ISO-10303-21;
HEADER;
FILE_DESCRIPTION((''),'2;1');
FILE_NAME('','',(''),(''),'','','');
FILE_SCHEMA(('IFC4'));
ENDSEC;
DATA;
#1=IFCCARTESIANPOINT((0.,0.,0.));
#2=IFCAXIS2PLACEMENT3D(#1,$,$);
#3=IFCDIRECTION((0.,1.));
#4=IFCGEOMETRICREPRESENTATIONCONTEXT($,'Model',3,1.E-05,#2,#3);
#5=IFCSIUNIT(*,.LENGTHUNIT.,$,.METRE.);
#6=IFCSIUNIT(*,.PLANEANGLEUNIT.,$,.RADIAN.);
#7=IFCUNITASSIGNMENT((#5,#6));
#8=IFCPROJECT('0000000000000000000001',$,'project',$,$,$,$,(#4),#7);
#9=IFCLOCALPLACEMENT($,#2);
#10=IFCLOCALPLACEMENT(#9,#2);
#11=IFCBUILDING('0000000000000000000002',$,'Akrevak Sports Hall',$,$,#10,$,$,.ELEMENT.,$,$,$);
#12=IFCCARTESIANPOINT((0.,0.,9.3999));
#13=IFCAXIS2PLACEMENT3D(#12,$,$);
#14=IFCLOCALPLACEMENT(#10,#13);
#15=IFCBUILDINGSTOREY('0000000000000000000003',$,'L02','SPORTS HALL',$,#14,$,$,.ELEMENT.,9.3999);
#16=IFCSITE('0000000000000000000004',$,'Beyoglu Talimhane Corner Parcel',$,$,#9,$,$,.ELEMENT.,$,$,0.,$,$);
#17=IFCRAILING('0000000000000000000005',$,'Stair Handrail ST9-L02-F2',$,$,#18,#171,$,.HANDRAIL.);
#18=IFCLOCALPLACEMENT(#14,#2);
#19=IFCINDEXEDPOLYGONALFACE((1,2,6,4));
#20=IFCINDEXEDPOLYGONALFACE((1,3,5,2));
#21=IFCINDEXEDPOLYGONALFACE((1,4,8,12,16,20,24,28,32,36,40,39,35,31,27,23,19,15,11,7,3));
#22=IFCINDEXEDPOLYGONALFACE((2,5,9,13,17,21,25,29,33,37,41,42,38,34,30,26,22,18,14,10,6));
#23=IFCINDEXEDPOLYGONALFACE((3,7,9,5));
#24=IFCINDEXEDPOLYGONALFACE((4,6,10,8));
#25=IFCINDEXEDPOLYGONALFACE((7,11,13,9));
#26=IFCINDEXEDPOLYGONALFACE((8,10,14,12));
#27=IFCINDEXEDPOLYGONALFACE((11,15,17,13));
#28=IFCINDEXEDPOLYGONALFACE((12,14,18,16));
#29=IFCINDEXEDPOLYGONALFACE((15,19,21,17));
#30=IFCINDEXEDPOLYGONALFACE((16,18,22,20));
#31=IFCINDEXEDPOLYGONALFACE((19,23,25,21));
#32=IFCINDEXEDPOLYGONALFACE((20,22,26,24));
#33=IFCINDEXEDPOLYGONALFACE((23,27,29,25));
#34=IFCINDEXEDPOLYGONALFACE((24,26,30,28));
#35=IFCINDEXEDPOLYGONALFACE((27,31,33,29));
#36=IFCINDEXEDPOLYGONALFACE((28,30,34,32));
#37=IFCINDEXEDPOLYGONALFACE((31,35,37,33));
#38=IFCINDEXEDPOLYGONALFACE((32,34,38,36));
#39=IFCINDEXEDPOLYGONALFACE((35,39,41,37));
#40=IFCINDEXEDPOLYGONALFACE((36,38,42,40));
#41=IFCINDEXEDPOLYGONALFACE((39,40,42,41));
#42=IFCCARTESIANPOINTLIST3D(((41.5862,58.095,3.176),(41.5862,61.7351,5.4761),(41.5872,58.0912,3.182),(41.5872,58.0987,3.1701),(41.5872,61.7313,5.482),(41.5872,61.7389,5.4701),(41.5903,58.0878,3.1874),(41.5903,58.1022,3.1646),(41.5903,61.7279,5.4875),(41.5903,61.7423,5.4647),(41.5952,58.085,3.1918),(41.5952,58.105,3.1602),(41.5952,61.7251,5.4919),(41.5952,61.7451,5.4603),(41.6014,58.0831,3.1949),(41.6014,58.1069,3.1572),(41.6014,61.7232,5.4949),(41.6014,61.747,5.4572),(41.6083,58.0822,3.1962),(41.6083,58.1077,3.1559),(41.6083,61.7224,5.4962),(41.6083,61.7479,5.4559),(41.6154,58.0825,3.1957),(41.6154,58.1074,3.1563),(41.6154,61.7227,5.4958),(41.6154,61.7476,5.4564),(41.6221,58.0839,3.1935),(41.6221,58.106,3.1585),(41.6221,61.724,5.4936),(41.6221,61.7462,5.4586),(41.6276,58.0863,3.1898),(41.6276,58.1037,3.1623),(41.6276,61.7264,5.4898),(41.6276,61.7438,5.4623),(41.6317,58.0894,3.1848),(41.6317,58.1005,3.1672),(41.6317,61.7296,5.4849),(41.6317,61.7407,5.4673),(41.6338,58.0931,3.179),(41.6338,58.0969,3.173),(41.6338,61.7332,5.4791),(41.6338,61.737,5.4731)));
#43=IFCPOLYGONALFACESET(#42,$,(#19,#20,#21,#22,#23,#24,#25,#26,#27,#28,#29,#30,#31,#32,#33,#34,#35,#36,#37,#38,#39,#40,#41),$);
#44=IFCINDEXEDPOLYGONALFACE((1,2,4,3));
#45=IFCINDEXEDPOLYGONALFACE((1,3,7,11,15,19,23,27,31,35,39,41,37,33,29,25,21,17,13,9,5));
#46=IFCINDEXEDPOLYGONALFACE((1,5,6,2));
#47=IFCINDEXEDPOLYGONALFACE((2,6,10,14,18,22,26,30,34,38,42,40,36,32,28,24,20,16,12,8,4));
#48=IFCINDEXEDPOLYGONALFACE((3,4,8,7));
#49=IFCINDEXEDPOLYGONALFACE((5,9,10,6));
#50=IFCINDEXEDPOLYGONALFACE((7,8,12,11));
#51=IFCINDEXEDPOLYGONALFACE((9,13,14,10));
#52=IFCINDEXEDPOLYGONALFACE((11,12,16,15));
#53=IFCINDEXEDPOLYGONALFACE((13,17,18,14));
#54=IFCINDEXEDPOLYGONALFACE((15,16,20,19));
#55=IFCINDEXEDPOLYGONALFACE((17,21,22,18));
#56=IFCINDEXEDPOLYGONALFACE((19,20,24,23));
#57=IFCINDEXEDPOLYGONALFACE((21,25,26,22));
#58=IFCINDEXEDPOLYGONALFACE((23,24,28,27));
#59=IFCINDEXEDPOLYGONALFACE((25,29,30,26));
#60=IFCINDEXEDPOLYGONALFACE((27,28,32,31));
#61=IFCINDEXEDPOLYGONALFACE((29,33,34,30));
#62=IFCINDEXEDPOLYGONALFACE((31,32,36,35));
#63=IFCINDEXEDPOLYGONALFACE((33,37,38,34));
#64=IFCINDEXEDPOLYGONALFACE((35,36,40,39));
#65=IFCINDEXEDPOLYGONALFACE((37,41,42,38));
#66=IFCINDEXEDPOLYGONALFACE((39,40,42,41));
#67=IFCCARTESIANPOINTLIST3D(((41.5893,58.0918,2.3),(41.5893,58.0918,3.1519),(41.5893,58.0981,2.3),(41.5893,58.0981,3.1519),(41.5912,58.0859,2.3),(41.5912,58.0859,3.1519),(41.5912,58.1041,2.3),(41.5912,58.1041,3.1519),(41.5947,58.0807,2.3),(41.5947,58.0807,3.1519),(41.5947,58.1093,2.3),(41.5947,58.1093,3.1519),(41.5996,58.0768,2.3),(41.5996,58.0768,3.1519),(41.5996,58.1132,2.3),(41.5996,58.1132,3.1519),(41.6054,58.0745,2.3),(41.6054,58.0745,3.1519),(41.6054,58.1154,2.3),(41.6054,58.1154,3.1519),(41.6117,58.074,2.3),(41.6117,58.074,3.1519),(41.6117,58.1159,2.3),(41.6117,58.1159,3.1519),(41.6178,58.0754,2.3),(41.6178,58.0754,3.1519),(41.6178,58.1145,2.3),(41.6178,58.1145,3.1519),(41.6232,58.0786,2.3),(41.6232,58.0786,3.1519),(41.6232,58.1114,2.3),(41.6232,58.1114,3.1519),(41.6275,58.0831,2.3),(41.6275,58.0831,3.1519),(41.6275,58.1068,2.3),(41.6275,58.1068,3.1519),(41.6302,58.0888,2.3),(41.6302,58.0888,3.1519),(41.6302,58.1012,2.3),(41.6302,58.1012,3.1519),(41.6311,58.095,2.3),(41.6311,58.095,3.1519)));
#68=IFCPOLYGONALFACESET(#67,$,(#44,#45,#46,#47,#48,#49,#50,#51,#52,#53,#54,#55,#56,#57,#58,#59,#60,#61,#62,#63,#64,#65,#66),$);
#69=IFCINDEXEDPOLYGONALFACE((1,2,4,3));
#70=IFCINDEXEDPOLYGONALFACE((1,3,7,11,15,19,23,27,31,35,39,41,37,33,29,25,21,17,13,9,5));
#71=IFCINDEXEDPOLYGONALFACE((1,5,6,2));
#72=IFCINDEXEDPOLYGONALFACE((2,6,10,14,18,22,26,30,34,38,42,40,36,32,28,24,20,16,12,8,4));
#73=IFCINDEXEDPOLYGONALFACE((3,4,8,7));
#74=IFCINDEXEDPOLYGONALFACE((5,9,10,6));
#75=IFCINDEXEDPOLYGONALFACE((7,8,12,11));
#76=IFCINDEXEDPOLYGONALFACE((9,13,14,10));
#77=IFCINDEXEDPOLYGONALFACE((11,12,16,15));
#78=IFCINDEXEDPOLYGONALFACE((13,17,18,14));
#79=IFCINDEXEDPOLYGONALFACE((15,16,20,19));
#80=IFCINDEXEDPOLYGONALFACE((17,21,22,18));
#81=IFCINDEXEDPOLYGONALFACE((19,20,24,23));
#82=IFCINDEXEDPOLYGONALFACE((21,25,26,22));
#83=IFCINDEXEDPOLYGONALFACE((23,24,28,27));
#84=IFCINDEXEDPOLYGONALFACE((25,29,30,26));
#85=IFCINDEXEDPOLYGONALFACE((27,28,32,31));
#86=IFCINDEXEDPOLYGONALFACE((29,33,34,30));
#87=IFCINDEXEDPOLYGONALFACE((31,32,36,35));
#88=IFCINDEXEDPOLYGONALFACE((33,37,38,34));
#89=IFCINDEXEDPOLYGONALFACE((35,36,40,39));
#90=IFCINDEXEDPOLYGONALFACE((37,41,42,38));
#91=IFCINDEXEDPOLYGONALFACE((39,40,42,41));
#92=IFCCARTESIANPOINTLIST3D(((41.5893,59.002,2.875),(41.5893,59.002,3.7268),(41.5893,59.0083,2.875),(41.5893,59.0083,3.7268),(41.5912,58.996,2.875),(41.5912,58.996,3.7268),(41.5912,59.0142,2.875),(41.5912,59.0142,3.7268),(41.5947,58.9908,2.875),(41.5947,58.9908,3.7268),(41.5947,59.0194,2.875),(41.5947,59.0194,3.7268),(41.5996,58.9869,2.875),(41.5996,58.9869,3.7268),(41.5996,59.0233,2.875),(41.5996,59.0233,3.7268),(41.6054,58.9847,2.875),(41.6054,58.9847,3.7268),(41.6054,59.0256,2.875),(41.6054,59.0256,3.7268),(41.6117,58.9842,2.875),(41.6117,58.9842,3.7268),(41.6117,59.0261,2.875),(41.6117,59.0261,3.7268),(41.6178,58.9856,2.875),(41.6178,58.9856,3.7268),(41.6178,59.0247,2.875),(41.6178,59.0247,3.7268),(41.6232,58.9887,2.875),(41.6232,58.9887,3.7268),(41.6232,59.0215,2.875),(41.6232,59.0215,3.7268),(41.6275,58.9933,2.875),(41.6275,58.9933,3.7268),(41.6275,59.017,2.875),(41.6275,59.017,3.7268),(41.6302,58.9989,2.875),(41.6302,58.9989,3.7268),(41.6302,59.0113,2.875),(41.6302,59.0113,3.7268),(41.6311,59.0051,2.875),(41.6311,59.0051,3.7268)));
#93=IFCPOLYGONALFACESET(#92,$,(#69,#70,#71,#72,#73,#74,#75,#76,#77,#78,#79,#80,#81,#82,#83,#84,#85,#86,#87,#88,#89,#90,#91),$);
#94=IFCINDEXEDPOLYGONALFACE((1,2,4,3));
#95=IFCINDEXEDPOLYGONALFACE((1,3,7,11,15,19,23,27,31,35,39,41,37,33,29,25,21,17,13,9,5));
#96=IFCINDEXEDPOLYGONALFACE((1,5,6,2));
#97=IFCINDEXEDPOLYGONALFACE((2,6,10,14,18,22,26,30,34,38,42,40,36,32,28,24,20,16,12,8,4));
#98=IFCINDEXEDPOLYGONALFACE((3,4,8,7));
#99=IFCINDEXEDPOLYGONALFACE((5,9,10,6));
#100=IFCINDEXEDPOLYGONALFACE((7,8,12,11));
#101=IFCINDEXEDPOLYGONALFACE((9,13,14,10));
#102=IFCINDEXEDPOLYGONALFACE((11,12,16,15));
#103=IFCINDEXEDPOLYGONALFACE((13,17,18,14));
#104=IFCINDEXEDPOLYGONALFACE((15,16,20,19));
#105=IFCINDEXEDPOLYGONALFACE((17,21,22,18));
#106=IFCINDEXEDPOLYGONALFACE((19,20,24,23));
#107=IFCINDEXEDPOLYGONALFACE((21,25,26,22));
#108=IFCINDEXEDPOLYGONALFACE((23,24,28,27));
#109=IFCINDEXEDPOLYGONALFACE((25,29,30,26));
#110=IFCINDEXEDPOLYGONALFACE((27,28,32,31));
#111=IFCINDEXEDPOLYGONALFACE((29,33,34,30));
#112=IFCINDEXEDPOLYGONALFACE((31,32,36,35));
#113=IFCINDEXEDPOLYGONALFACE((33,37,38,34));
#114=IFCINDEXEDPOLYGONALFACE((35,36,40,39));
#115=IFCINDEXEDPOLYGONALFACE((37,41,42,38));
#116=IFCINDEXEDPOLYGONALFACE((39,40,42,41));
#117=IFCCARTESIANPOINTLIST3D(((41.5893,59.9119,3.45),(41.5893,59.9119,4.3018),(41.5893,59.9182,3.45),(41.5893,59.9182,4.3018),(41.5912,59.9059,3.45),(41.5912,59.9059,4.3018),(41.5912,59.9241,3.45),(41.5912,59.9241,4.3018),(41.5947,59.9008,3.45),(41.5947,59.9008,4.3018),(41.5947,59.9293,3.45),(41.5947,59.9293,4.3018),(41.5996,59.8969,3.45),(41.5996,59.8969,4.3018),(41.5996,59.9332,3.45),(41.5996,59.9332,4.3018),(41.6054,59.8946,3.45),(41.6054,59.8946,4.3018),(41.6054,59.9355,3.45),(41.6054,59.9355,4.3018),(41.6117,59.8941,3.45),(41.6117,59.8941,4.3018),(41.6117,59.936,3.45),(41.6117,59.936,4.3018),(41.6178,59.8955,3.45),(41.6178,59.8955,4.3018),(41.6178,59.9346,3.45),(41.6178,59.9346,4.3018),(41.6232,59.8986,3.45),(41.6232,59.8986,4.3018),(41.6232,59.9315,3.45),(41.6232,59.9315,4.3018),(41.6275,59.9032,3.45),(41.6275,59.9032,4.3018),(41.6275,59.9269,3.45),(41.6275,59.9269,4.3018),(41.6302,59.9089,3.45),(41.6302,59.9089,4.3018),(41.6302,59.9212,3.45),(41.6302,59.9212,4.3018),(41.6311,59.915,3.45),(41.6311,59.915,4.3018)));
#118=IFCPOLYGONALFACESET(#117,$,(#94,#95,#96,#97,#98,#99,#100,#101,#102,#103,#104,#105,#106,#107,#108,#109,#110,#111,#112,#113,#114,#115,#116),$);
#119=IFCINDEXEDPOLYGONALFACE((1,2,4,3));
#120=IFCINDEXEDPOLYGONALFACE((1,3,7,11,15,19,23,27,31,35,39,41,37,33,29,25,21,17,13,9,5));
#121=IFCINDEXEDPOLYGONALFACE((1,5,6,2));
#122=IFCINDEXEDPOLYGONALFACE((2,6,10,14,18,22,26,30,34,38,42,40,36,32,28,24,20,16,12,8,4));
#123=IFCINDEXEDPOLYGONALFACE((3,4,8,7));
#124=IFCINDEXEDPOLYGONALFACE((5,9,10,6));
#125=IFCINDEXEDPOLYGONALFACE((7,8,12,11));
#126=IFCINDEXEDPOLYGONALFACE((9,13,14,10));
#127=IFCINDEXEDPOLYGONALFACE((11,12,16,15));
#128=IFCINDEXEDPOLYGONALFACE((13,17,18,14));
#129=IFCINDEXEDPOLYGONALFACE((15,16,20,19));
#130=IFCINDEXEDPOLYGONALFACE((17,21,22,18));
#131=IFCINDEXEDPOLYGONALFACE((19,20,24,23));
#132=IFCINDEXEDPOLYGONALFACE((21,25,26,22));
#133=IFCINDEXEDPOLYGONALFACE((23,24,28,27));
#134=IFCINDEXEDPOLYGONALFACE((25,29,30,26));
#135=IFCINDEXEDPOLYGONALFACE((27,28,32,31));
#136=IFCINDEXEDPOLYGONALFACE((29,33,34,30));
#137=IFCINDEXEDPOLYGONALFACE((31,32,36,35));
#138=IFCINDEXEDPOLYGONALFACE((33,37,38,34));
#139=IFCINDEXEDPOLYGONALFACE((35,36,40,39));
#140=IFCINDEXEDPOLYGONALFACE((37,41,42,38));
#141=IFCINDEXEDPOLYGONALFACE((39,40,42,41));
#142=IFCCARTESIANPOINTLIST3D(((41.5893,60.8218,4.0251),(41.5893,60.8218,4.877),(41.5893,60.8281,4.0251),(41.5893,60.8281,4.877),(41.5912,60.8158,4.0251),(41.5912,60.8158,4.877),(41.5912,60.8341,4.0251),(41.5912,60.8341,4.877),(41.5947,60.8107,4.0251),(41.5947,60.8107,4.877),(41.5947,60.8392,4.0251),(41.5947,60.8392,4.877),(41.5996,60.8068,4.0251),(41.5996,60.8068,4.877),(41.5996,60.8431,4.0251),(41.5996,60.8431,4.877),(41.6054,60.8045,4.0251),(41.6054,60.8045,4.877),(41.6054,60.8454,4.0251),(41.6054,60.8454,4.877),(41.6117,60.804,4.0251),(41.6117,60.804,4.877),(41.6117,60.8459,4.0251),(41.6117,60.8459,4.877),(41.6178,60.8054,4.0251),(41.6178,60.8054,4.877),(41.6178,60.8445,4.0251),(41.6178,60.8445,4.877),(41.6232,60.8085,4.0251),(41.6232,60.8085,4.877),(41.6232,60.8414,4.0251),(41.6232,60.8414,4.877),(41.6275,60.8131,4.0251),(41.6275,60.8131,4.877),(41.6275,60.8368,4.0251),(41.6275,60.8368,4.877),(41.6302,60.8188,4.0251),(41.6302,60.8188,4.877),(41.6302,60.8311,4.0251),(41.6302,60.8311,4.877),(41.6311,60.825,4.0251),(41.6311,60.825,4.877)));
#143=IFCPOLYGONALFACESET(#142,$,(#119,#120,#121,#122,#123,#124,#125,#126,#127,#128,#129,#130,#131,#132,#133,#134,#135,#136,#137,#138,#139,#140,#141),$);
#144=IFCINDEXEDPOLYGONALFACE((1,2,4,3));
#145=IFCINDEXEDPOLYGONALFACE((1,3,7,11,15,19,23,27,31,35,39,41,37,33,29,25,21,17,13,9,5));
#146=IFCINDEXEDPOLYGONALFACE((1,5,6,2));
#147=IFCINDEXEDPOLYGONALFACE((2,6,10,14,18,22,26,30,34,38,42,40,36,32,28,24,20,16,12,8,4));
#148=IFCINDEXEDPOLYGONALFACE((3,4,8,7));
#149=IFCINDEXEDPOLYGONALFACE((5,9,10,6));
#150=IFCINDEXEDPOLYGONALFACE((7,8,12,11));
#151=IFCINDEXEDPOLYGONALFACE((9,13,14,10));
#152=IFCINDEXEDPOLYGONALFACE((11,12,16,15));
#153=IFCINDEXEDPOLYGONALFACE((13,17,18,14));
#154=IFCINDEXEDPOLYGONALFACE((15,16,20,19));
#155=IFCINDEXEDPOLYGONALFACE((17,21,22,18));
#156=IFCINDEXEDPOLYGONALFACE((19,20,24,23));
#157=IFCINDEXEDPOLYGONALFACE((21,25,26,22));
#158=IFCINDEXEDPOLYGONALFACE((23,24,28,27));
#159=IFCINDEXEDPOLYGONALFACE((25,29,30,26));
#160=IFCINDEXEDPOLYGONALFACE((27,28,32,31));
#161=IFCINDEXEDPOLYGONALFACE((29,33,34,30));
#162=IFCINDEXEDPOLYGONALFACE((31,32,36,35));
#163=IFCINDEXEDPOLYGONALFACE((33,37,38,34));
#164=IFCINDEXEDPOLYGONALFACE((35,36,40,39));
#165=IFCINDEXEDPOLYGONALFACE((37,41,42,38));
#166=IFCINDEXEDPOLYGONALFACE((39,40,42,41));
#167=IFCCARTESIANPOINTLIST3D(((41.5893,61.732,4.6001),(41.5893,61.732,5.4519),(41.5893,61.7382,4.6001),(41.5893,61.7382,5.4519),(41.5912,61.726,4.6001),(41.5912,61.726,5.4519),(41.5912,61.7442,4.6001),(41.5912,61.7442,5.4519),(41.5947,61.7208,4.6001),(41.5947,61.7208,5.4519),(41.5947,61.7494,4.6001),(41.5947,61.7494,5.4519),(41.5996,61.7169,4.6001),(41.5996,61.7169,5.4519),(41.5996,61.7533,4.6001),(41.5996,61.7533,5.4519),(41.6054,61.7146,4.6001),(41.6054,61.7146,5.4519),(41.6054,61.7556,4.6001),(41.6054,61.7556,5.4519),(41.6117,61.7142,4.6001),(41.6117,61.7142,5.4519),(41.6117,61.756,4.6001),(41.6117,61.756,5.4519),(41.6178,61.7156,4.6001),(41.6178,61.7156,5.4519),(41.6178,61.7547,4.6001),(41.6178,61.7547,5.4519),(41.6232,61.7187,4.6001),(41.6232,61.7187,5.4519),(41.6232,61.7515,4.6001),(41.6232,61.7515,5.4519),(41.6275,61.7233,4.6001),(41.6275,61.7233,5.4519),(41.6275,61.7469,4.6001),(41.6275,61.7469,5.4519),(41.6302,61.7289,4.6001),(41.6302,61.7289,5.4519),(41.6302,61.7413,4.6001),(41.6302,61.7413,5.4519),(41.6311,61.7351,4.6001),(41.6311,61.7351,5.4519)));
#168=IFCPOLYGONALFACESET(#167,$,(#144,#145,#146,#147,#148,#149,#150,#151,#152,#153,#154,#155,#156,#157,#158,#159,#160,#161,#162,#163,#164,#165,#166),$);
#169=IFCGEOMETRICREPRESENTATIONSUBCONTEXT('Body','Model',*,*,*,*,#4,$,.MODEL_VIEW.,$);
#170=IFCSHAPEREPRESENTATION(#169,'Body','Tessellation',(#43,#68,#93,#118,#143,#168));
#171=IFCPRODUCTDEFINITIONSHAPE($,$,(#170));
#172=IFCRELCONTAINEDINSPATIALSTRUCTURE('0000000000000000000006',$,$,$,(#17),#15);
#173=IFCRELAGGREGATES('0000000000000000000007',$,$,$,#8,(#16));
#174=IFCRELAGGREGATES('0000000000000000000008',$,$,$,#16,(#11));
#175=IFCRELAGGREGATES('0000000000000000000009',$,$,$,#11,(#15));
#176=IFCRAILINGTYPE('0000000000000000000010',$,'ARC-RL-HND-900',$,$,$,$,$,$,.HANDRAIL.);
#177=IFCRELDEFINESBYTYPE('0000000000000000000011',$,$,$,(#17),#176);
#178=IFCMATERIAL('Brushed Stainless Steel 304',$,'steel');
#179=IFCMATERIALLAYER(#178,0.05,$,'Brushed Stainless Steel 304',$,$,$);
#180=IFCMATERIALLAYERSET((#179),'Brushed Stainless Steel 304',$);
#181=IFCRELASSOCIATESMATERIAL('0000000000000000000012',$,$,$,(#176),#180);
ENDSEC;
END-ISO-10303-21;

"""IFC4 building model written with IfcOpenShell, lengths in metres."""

from ifc_helpers import new_model, si_unit, direction, frame, origin, origin_2d, place, context, subcontext, project, spatial, circle, extrude, material, layer, layer_set, type_object, element, save


model = new_model("IFC4")

# Units and contexts
model_context = context("Model", 3, precision=1e-05, world=origin(), true_north=direction((0.0, 1.0)))
body_context = subcontext(model_context, "Body", "Model", "MODEL_VIEW")
ifc_project = project(units=[si_unit("LENGTHUNIT", "METRE"), si_unit("PLANEANGLEUNIT", "RADIAN")], contexts=[model_context])

# Site, building, storey
site_placement = place(None, origin())
site = spatial("IfcSite", under=ifc_project, at=site_placement, Name="Beyoglu Talimhane Corner Parcel", CompositionType="ELEMENT", RefElevation=0.0)
building_placement = place(site_placement, origin())
building = spatial("IfcBuilding", under=site, at=building_placement, Name="Akrevak Sports Hall", CompositionType="ELEMENT")
storey_placement = place(building_placement, frame((0.0, 0.0, 9.3999)))
storey = spatial("IfcBuildingStorey", under=building, at=storey_placement, Name="L02", Description="SPORTS HALL", CompositionType="ELEMENT", Elevation=9.3999)

# Railing
ifc_material_1 = material(Name="Brushed Stainless Steel 304", Category="steel")
ifc_layer_1 = layer(ifc_material_1, 0.05, Name="Brushed Stainless Steel 304")
ifc_layer_set_1 = layer_set([ifc_layer_1], Name="Brushed Stainless Steel 304")
railing_type_1 = type_object("IfcRailingType", Name="ARC-RL-HND-900", PredefinedType="HANDRAIL", material=ifc_layer_set_1)
railing_1_placement = place(storey_placement, frame((41.6101, 58.095, 2.3)))
element("IfcRailing", 1, at=railing_1_placement, inside=storey, type_object=railing_type_1, Name="Stair Handrail ST9-L02-F2", PredefinedType="HANDRAIL", context=body_context, shape_type="SweptSolid", body=[
    extrude(circle(Radius=0.0239, at=origin_2d()), frame((0.0, 0.0, 0.876), z_axis=(0.0, 0.845382, 0.534162), x_axis=(-1.0, 0.0, 0.0)), (0.0, 0.0, 1.0), 4.3059),
    extrude(circle(Radius=0.021, at=origin_2d()), origin(), (0.0, 0.0, 1.0), 0.8518),
    extrude(circle(Radius=0.021, at=origin_2d()), frame((0.0, 0.9102, 0.575)), (0.0, 0.0, 1.0), 0.8518),
    extrude(circle(Radius=0.021, at=origin_2d()), frame((0.0, 1.8201, 1.1499)), (0.0, 0.0, 1.0), 0.8518),
    extrude(circle(Radius=0.021, at=origin_2d()), frame((0.0, 2.73, 1.7251)), (0.0, 0.0, 1.0), 0.8518),
    extrude(circle(Radius=0.021, at=origin_2d()), frame((0.0, 3.6401, 2.3)), (0.0, 0.0, 1.0), 0.8518),
])

save(model, "model.ifc")
